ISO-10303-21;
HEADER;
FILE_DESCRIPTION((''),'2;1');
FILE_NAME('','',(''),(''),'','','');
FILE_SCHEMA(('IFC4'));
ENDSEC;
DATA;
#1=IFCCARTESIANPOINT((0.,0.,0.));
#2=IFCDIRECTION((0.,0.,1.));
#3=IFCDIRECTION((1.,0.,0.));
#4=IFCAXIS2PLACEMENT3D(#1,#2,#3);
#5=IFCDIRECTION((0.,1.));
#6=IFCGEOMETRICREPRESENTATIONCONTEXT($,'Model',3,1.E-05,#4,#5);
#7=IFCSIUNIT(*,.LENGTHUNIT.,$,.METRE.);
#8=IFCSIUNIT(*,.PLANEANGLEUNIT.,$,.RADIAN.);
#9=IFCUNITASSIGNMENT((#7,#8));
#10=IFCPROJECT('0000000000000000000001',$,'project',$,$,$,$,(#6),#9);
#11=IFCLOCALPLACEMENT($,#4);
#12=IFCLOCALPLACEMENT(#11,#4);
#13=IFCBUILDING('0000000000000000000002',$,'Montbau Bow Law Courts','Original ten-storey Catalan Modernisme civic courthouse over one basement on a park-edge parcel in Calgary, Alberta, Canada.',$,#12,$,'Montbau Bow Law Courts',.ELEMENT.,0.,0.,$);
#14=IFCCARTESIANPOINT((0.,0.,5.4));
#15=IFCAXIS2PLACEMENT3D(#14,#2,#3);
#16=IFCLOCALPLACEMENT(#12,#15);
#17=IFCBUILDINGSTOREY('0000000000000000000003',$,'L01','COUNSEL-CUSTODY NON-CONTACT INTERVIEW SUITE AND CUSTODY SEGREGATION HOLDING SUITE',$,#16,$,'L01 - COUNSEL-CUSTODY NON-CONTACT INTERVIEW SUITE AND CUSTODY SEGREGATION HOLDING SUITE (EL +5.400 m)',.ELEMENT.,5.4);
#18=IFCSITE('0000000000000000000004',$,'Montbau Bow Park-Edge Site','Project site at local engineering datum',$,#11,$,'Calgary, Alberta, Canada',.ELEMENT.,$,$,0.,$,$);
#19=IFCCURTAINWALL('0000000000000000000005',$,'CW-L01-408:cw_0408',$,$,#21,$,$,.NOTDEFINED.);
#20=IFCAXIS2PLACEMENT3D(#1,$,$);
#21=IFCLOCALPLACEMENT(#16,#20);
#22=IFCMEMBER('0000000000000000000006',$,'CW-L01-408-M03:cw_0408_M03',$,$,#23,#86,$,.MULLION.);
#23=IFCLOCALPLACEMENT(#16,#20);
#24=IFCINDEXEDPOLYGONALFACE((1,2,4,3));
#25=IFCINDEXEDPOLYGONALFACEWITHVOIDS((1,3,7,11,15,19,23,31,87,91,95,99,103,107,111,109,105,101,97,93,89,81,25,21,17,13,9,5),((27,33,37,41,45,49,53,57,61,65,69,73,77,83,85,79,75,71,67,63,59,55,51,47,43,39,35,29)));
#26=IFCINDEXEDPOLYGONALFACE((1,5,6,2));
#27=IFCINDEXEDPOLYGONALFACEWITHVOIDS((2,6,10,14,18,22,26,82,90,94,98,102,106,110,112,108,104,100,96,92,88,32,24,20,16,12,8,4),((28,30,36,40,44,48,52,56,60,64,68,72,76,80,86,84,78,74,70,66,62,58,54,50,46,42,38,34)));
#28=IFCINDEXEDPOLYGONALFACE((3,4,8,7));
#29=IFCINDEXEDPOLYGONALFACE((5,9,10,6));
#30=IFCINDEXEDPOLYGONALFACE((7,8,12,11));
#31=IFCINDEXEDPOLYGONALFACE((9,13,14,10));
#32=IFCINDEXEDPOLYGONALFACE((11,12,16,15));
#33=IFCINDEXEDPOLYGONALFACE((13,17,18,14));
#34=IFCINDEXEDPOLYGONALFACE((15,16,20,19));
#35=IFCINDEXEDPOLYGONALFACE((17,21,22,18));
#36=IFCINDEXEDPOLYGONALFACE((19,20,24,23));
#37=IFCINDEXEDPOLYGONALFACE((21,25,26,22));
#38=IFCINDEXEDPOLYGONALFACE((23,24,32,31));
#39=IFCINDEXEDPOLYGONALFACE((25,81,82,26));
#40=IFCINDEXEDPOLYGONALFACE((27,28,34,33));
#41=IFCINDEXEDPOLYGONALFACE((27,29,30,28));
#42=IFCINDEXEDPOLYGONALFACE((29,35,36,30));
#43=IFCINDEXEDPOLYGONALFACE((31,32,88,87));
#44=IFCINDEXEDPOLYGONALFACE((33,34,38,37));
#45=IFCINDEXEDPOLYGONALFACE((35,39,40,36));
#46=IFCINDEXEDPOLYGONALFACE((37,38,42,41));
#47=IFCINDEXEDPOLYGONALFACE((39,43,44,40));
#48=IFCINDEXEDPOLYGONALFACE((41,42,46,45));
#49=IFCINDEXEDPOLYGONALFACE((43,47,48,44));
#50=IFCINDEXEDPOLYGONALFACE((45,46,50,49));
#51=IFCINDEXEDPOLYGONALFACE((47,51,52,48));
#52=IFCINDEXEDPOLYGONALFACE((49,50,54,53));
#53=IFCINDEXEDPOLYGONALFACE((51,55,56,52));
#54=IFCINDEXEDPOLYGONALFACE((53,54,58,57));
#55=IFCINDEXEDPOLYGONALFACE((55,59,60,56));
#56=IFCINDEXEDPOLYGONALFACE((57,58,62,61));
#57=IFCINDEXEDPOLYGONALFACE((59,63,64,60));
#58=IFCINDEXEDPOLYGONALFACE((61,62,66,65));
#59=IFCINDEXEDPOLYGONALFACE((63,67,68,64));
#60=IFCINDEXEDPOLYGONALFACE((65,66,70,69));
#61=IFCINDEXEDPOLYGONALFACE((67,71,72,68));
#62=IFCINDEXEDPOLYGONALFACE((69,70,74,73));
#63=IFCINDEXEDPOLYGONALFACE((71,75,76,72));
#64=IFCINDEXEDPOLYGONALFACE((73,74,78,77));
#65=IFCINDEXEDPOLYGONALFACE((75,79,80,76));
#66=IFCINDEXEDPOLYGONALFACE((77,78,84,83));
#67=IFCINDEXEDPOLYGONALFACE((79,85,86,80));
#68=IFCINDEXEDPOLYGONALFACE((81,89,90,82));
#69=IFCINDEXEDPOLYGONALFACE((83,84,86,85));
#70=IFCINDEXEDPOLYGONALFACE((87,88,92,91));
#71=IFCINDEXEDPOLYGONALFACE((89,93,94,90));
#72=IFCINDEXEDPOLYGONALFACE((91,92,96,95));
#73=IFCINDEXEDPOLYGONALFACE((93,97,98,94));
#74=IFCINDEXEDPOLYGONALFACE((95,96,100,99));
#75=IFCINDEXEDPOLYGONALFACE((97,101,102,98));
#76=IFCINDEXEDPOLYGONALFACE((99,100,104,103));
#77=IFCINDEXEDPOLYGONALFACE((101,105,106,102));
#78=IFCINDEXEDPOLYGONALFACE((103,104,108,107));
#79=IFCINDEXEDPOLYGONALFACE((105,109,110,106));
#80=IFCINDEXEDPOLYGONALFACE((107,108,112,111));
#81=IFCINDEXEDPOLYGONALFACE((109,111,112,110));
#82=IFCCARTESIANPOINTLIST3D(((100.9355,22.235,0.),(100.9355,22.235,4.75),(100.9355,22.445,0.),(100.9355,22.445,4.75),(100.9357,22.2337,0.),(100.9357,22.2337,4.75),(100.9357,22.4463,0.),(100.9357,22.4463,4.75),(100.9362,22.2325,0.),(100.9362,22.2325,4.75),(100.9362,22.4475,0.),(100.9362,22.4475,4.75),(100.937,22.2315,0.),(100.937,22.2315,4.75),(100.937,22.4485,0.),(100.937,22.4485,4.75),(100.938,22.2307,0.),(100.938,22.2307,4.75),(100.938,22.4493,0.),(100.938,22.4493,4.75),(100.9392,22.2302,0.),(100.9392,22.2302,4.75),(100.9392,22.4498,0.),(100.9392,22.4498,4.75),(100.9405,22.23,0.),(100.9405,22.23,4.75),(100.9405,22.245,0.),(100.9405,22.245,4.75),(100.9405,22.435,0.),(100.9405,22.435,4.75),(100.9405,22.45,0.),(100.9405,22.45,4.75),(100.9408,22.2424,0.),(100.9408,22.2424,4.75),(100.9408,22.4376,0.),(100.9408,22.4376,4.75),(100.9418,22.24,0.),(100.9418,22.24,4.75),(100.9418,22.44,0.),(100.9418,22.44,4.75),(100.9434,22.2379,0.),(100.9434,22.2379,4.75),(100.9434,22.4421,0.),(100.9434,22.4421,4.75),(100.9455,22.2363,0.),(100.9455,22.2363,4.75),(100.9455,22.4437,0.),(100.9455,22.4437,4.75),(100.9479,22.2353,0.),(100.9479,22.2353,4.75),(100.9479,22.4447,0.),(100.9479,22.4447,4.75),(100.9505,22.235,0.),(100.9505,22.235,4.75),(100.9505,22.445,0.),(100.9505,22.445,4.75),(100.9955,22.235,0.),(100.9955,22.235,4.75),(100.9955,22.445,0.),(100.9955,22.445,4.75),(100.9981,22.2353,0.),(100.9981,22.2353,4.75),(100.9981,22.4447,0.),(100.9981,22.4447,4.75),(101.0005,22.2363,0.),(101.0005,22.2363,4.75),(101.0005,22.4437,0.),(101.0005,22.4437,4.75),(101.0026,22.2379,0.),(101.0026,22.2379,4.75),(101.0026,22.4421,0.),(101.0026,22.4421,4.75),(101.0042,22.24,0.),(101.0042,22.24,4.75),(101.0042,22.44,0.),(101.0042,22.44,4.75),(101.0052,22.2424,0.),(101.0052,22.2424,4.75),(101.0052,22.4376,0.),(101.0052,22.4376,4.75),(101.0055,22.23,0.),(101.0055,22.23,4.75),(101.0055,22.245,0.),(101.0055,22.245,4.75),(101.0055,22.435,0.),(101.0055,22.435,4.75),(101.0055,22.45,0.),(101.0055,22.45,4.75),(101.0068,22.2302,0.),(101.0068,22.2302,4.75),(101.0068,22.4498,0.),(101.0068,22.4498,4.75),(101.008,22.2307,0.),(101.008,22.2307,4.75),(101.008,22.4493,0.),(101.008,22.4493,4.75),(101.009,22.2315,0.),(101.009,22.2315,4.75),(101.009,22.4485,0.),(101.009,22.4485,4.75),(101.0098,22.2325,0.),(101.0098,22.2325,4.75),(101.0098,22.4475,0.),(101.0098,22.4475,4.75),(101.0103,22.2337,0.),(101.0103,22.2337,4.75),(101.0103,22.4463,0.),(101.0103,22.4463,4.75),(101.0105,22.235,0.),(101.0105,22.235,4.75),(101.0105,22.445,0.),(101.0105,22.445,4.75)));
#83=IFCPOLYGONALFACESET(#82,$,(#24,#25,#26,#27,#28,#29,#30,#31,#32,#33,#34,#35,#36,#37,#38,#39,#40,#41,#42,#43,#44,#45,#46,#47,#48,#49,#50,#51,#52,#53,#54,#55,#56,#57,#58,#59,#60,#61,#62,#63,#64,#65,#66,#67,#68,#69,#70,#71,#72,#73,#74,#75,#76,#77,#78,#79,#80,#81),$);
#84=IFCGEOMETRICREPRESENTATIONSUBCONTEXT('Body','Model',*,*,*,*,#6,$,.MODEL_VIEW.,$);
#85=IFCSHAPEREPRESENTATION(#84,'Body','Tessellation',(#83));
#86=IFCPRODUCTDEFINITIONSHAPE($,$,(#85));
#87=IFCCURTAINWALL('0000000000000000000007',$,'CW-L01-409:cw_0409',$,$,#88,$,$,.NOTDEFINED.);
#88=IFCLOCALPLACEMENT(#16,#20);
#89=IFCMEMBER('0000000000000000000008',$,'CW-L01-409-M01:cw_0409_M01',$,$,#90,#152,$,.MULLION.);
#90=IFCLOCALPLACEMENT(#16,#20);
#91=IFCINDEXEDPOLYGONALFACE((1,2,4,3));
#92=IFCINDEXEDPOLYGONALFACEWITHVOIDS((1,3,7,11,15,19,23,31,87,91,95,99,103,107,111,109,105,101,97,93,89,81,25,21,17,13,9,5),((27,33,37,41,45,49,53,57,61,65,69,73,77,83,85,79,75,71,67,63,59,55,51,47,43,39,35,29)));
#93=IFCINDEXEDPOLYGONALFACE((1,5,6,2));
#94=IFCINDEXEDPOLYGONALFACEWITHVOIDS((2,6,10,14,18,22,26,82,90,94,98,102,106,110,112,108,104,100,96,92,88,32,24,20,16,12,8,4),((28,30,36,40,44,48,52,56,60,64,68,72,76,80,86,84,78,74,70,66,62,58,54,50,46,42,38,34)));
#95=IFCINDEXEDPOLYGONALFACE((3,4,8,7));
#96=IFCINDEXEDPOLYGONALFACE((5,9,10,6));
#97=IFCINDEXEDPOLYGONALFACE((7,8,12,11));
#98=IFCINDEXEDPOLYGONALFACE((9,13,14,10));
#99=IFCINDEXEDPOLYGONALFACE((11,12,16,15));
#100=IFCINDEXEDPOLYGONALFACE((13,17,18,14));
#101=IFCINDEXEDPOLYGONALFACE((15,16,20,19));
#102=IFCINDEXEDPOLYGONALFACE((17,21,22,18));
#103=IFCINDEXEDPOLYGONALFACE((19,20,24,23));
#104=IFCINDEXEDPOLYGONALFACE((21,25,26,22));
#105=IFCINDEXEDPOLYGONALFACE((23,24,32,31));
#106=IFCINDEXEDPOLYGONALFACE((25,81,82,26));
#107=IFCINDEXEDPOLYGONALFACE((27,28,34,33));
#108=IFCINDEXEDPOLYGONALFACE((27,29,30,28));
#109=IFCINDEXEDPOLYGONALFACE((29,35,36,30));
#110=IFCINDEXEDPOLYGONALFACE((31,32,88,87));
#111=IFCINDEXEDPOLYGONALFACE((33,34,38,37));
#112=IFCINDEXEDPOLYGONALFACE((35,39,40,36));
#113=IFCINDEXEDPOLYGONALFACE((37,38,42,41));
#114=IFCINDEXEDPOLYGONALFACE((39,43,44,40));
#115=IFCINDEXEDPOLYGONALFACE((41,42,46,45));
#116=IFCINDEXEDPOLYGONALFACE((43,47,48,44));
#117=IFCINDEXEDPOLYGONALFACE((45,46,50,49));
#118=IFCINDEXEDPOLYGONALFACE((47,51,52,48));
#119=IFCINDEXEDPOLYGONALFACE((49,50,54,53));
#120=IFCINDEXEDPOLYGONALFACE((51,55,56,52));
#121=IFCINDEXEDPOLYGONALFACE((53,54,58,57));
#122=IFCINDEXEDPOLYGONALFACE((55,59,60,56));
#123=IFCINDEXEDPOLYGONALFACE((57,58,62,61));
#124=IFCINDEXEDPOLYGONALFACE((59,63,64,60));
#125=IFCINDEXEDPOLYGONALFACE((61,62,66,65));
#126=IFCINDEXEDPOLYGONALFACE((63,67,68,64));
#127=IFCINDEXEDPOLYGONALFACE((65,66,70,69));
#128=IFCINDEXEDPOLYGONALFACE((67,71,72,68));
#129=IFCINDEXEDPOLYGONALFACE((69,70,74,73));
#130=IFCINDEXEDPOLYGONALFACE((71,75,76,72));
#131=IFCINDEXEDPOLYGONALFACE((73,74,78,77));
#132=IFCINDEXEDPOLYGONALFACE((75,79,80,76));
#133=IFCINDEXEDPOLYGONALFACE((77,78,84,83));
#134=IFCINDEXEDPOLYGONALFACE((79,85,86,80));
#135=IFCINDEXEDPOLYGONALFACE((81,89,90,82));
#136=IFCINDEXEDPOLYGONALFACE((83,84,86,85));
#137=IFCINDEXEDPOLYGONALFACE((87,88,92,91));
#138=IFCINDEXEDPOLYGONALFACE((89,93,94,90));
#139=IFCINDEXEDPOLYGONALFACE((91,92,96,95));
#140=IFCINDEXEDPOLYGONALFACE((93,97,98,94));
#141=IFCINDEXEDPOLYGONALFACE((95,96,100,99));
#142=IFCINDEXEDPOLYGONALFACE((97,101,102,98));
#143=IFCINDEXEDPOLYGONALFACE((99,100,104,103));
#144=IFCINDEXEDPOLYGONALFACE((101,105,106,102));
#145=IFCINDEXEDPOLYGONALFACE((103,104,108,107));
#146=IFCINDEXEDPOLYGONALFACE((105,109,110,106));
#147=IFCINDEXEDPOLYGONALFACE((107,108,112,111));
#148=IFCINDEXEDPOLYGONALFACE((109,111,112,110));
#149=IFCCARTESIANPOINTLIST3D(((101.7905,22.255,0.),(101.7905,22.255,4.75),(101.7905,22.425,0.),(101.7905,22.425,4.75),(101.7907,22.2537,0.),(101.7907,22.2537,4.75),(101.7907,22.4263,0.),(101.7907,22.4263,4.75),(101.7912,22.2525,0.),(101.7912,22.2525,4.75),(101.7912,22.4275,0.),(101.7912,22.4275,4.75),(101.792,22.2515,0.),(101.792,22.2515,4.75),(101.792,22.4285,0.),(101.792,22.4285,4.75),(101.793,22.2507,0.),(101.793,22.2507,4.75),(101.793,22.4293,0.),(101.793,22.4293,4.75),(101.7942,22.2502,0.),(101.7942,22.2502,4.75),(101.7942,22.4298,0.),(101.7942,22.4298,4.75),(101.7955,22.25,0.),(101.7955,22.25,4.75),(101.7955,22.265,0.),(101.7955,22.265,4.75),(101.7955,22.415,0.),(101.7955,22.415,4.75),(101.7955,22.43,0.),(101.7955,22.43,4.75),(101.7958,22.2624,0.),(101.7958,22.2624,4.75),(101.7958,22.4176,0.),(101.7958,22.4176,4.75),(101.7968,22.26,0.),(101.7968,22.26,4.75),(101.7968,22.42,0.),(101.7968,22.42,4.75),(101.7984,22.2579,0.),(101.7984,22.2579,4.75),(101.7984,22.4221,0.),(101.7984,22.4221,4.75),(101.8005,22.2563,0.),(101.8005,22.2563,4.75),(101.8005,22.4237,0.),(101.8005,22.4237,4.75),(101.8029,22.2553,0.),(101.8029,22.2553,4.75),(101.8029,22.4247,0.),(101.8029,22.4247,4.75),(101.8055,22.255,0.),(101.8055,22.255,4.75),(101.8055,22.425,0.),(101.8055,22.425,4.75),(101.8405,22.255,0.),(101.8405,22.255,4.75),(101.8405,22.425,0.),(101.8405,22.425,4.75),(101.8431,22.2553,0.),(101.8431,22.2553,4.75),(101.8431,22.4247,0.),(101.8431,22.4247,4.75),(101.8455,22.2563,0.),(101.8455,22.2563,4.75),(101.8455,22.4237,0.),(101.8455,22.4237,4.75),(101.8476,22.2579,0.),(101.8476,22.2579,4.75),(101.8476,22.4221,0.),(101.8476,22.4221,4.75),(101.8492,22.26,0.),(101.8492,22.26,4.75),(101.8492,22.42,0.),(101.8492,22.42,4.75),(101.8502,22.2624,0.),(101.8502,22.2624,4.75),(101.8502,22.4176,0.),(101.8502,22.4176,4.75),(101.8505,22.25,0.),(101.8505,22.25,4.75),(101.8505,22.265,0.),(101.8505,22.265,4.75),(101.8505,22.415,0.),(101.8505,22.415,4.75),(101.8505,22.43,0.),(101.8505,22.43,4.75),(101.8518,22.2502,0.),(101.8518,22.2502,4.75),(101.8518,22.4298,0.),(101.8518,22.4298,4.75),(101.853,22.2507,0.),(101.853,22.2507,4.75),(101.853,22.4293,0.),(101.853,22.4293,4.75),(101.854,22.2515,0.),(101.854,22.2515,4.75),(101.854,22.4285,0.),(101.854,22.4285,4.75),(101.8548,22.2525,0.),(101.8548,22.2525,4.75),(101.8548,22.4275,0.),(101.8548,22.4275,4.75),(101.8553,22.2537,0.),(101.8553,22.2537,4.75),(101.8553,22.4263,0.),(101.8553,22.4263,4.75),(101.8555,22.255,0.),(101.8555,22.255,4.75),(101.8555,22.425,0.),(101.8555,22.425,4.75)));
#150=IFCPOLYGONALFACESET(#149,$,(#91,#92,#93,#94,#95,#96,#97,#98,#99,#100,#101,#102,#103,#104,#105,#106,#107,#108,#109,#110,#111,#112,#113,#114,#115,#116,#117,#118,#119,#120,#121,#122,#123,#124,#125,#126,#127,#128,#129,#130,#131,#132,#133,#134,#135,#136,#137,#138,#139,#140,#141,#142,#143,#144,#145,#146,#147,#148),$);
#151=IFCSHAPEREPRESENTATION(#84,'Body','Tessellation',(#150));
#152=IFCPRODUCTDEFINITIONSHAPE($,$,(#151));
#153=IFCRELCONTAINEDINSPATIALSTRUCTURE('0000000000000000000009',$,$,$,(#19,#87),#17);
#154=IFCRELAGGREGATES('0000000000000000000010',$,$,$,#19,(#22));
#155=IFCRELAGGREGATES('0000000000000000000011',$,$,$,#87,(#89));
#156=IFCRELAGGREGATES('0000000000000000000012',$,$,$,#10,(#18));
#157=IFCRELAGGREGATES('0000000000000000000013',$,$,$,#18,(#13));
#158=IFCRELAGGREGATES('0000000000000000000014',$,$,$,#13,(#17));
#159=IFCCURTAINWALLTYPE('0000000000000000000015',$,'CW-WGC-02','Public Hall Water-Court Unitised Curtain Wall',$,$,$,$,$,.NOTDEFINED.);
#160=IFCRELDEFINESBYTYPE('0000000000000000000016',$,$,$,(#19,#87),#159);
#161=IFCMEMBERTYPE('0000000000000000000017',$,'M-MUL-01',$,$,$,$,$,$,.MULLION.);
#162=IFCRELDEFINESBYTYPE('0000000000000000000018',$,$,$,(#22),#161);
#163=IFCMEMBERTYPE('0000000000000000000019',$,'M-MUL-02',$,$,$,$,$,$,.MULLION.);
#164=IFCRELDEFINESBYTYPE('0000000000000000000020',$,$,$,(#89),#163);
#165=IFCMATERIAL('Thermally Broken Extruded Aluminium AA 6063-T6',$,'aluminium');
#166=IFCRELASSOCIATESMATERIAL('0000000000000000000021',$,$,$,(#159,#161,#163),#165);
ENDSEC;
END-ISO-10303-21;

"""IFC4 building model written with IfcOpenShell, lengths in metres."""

from ifc_helpers import new_model, si_unit, direction, frame, origin_with_axes, origin_2d_with_axis, place, context, subcontext, project, spatial, hollow_rectangle, extrude, material, material_profile, profile_set, type_object, element, aggregate, save


model = new_model("IFC4")

# Units and contexts
model_context = context("Model", 3, precision=1e-05, world=origin_with_axes(), true_north=direction((0.0, 1.0)))
body_context = subcontext(model_context, "Body", "Model", "MODEL_VIEW")
ifc_project = project(units=[si_unit("LENGTHUNIT", "METRE"), si_unit("PLANEANGLEUNIT", "RADIAN")], contexts=[model_context])

# Site, building, storey
site_placement = place(None, origin_with_axes())
site = spatial("IfcSite", under=ifc_project, at=site_placement, Name="Montbau Bow Park-Edge Site", Description="Project site at local engineering datum", LongName="Calgary, Alberta, Canada", CompositionType="ELEMENT", RefElevation=0.0)
building_placement = place(site_placement, origin_with_axes())
building = spatial("IfcBuilding", under=site, at=building_placement, Name="Montbau Bow Law Courts", Description="Original ten-storey Catalan Modernisme civic courthouse over one basement on a park-edge parcel in Calgary, Alberta, Canada.", LongName="Montbau Bow Law Courts", CompositionType="ELEMENT", ElevationOfRefHeight=0.0, ElevationOfTerrain=0.0)
storey_placement = place(building_placement, frame((0.0, 0.0, 5.4), z_axis=(0.0, 0.0, 1.0), x_axis=(1.0, 0.0, 0.0)))
storey = spatial("IfcBuildingStorey", under=building, at=storey_placement, Name="L01", Description="COUNSEL-CUSTODY NON-CONTACT INTERVIEW SUITE AND CUSTODY SEGREGATION HOLDING SUITE", LongName="L01 - COUNSEL-CUSTODY NON-CONTACT INTERVIEW SUITE AND CUSTODY SEGREGATION HOLDING SUITE (EL +5.400 m)", CompositionType="ELEMENT", Elevation=5.4)

# Curtain walls, members
ifc_material_1 = material(Name="Thermally Broken Extruded Aluminium AA 6063-T6", Category="aluminium")
curtain_wall_type = type_object("IfcCurtainWallType", Name="CW-WGC-02", Description="Public Hall Water-Court Unitised Curtain Wall", PredefinedType="NOTDEFINED", material=ifc_material_1)
curtain_wall_1_placement = place(None, frame((97.715, 22.34, 5.4), z_axis=(0.0, 0.0, 1.0), x_axis=(1.0, 0.0, 0.0)))
curtain_wall_1 = element("IfcCurtainWall", 1, at=curtain_wall_1_placement, inside=storey, type_object=curtain_wall_type, Name="CW-L01-408:cw_0408", PredefinedType="NOTDEFINED")
ifc_material_profile_1 = material_profile(ifc_material_1, hollow_rectangle(XDim=0.075, YDim=0.22, WallThickness=0.005, InnerFilletRadius=0.01, OuterFilletRadius=0.005, at=origin_2d_with_axis()), Name="CWM-220X75", Category="Main", Priority=0)
ifc_profile_set_1 = profile_set([ifc_material_profile_1], Name="Thermally Broken Extruded Aluminium AA 6063-T6")
member_type_1 = type_object("IfcMemberType", Name="M-MUL-01", PredefinedType="MULLION", material=ifc_profile_set_1)
member_1_placement = place(None, frame((100.973, 22.34, 5.4), z_axis=(0.0, 0.0, 1.0), x_axis=(1.0, 0.0, 0.0)))
member_1 = element("IfcMember", 2, at=member_1_placement, type_object=member_type_1, Name="CW-L01-408-M03:cw_0408_M03", PredefinedType="MULLION", context=body_context, shape_type="SweptSolid", body=[
    extrude(hollow_rectangle(XDim=0.075, YDim=0.22, WallThickness=0.005, InnerFilletRadius=0.01, OuterFilletRadius=0.005, at=origin_2d_with_axis()), origin_with_axes(), (0.0, 0.0, 1.0), 4.75),
])
curtain_wall_2_placement = place(None, frame((101.79, 22.34, 5.4), z_axis=(0.0, 0.0, 1.0), x_axis=(1.0, 0.0, 0.0)))
curtain_wall_2 = element("IfcCurtainWall", 3, at=curtain_wall_2_placement, inside=storey, type_object=curtain_wall_type, Name="CW-L01-409:cw_0409", PredefinedType="NOTDEFINED")
ifc_material_profile_2 = material_profile(ifc_material_1, hollow_rectangle(XDim=0.065, YDim=0.18, WallThickness=0.005, InnerFilletRadius=0.01, OuterFilletRadius=0.005, at=origin_2d_with_axis()), Name="CWM-180X65", Category="Main", Priority=0)
ifc_profile_set_2 = profile_set([ifc_material_profile_2], Name="Thermally Broken Extruded Aluminium AA 6063-T6")
member_type_2 = type_object("IfcMemberType", Name="M-MUL-02", PredefinedType="MULLION", material=ifc_profile_set_2)
member_2_placement = place(None, frame((101.823, 22.34, 5.4), z_axis=(0.0, 0.0, 1.0), x_axis=(1.0, 0.0, 0.0)))
member_2 = element("IfcMember", 4, at=member_2_placement, type_object=member_type_2, Name="CW-L01-409-M01:cw_0409_M01", PredefinedType="MULLION", context=body_context, shape_type="SweptSolid", body=[
    extrude(hollow_rectangle(XDim=0.065, YDim=0.18, WallThickness=0.005, InnerFilletRadius=0.01, OuterFilletRadius=0.005, at=origin_2d_with_axis()), origin_with_axes(), (0.0, 0.0, 1.0), 4.75),
])

aggregate(curtain_wall_1, [member_1])
aggregate(curtain_wall_2, [member_2])

save(model, "model.ifc")
